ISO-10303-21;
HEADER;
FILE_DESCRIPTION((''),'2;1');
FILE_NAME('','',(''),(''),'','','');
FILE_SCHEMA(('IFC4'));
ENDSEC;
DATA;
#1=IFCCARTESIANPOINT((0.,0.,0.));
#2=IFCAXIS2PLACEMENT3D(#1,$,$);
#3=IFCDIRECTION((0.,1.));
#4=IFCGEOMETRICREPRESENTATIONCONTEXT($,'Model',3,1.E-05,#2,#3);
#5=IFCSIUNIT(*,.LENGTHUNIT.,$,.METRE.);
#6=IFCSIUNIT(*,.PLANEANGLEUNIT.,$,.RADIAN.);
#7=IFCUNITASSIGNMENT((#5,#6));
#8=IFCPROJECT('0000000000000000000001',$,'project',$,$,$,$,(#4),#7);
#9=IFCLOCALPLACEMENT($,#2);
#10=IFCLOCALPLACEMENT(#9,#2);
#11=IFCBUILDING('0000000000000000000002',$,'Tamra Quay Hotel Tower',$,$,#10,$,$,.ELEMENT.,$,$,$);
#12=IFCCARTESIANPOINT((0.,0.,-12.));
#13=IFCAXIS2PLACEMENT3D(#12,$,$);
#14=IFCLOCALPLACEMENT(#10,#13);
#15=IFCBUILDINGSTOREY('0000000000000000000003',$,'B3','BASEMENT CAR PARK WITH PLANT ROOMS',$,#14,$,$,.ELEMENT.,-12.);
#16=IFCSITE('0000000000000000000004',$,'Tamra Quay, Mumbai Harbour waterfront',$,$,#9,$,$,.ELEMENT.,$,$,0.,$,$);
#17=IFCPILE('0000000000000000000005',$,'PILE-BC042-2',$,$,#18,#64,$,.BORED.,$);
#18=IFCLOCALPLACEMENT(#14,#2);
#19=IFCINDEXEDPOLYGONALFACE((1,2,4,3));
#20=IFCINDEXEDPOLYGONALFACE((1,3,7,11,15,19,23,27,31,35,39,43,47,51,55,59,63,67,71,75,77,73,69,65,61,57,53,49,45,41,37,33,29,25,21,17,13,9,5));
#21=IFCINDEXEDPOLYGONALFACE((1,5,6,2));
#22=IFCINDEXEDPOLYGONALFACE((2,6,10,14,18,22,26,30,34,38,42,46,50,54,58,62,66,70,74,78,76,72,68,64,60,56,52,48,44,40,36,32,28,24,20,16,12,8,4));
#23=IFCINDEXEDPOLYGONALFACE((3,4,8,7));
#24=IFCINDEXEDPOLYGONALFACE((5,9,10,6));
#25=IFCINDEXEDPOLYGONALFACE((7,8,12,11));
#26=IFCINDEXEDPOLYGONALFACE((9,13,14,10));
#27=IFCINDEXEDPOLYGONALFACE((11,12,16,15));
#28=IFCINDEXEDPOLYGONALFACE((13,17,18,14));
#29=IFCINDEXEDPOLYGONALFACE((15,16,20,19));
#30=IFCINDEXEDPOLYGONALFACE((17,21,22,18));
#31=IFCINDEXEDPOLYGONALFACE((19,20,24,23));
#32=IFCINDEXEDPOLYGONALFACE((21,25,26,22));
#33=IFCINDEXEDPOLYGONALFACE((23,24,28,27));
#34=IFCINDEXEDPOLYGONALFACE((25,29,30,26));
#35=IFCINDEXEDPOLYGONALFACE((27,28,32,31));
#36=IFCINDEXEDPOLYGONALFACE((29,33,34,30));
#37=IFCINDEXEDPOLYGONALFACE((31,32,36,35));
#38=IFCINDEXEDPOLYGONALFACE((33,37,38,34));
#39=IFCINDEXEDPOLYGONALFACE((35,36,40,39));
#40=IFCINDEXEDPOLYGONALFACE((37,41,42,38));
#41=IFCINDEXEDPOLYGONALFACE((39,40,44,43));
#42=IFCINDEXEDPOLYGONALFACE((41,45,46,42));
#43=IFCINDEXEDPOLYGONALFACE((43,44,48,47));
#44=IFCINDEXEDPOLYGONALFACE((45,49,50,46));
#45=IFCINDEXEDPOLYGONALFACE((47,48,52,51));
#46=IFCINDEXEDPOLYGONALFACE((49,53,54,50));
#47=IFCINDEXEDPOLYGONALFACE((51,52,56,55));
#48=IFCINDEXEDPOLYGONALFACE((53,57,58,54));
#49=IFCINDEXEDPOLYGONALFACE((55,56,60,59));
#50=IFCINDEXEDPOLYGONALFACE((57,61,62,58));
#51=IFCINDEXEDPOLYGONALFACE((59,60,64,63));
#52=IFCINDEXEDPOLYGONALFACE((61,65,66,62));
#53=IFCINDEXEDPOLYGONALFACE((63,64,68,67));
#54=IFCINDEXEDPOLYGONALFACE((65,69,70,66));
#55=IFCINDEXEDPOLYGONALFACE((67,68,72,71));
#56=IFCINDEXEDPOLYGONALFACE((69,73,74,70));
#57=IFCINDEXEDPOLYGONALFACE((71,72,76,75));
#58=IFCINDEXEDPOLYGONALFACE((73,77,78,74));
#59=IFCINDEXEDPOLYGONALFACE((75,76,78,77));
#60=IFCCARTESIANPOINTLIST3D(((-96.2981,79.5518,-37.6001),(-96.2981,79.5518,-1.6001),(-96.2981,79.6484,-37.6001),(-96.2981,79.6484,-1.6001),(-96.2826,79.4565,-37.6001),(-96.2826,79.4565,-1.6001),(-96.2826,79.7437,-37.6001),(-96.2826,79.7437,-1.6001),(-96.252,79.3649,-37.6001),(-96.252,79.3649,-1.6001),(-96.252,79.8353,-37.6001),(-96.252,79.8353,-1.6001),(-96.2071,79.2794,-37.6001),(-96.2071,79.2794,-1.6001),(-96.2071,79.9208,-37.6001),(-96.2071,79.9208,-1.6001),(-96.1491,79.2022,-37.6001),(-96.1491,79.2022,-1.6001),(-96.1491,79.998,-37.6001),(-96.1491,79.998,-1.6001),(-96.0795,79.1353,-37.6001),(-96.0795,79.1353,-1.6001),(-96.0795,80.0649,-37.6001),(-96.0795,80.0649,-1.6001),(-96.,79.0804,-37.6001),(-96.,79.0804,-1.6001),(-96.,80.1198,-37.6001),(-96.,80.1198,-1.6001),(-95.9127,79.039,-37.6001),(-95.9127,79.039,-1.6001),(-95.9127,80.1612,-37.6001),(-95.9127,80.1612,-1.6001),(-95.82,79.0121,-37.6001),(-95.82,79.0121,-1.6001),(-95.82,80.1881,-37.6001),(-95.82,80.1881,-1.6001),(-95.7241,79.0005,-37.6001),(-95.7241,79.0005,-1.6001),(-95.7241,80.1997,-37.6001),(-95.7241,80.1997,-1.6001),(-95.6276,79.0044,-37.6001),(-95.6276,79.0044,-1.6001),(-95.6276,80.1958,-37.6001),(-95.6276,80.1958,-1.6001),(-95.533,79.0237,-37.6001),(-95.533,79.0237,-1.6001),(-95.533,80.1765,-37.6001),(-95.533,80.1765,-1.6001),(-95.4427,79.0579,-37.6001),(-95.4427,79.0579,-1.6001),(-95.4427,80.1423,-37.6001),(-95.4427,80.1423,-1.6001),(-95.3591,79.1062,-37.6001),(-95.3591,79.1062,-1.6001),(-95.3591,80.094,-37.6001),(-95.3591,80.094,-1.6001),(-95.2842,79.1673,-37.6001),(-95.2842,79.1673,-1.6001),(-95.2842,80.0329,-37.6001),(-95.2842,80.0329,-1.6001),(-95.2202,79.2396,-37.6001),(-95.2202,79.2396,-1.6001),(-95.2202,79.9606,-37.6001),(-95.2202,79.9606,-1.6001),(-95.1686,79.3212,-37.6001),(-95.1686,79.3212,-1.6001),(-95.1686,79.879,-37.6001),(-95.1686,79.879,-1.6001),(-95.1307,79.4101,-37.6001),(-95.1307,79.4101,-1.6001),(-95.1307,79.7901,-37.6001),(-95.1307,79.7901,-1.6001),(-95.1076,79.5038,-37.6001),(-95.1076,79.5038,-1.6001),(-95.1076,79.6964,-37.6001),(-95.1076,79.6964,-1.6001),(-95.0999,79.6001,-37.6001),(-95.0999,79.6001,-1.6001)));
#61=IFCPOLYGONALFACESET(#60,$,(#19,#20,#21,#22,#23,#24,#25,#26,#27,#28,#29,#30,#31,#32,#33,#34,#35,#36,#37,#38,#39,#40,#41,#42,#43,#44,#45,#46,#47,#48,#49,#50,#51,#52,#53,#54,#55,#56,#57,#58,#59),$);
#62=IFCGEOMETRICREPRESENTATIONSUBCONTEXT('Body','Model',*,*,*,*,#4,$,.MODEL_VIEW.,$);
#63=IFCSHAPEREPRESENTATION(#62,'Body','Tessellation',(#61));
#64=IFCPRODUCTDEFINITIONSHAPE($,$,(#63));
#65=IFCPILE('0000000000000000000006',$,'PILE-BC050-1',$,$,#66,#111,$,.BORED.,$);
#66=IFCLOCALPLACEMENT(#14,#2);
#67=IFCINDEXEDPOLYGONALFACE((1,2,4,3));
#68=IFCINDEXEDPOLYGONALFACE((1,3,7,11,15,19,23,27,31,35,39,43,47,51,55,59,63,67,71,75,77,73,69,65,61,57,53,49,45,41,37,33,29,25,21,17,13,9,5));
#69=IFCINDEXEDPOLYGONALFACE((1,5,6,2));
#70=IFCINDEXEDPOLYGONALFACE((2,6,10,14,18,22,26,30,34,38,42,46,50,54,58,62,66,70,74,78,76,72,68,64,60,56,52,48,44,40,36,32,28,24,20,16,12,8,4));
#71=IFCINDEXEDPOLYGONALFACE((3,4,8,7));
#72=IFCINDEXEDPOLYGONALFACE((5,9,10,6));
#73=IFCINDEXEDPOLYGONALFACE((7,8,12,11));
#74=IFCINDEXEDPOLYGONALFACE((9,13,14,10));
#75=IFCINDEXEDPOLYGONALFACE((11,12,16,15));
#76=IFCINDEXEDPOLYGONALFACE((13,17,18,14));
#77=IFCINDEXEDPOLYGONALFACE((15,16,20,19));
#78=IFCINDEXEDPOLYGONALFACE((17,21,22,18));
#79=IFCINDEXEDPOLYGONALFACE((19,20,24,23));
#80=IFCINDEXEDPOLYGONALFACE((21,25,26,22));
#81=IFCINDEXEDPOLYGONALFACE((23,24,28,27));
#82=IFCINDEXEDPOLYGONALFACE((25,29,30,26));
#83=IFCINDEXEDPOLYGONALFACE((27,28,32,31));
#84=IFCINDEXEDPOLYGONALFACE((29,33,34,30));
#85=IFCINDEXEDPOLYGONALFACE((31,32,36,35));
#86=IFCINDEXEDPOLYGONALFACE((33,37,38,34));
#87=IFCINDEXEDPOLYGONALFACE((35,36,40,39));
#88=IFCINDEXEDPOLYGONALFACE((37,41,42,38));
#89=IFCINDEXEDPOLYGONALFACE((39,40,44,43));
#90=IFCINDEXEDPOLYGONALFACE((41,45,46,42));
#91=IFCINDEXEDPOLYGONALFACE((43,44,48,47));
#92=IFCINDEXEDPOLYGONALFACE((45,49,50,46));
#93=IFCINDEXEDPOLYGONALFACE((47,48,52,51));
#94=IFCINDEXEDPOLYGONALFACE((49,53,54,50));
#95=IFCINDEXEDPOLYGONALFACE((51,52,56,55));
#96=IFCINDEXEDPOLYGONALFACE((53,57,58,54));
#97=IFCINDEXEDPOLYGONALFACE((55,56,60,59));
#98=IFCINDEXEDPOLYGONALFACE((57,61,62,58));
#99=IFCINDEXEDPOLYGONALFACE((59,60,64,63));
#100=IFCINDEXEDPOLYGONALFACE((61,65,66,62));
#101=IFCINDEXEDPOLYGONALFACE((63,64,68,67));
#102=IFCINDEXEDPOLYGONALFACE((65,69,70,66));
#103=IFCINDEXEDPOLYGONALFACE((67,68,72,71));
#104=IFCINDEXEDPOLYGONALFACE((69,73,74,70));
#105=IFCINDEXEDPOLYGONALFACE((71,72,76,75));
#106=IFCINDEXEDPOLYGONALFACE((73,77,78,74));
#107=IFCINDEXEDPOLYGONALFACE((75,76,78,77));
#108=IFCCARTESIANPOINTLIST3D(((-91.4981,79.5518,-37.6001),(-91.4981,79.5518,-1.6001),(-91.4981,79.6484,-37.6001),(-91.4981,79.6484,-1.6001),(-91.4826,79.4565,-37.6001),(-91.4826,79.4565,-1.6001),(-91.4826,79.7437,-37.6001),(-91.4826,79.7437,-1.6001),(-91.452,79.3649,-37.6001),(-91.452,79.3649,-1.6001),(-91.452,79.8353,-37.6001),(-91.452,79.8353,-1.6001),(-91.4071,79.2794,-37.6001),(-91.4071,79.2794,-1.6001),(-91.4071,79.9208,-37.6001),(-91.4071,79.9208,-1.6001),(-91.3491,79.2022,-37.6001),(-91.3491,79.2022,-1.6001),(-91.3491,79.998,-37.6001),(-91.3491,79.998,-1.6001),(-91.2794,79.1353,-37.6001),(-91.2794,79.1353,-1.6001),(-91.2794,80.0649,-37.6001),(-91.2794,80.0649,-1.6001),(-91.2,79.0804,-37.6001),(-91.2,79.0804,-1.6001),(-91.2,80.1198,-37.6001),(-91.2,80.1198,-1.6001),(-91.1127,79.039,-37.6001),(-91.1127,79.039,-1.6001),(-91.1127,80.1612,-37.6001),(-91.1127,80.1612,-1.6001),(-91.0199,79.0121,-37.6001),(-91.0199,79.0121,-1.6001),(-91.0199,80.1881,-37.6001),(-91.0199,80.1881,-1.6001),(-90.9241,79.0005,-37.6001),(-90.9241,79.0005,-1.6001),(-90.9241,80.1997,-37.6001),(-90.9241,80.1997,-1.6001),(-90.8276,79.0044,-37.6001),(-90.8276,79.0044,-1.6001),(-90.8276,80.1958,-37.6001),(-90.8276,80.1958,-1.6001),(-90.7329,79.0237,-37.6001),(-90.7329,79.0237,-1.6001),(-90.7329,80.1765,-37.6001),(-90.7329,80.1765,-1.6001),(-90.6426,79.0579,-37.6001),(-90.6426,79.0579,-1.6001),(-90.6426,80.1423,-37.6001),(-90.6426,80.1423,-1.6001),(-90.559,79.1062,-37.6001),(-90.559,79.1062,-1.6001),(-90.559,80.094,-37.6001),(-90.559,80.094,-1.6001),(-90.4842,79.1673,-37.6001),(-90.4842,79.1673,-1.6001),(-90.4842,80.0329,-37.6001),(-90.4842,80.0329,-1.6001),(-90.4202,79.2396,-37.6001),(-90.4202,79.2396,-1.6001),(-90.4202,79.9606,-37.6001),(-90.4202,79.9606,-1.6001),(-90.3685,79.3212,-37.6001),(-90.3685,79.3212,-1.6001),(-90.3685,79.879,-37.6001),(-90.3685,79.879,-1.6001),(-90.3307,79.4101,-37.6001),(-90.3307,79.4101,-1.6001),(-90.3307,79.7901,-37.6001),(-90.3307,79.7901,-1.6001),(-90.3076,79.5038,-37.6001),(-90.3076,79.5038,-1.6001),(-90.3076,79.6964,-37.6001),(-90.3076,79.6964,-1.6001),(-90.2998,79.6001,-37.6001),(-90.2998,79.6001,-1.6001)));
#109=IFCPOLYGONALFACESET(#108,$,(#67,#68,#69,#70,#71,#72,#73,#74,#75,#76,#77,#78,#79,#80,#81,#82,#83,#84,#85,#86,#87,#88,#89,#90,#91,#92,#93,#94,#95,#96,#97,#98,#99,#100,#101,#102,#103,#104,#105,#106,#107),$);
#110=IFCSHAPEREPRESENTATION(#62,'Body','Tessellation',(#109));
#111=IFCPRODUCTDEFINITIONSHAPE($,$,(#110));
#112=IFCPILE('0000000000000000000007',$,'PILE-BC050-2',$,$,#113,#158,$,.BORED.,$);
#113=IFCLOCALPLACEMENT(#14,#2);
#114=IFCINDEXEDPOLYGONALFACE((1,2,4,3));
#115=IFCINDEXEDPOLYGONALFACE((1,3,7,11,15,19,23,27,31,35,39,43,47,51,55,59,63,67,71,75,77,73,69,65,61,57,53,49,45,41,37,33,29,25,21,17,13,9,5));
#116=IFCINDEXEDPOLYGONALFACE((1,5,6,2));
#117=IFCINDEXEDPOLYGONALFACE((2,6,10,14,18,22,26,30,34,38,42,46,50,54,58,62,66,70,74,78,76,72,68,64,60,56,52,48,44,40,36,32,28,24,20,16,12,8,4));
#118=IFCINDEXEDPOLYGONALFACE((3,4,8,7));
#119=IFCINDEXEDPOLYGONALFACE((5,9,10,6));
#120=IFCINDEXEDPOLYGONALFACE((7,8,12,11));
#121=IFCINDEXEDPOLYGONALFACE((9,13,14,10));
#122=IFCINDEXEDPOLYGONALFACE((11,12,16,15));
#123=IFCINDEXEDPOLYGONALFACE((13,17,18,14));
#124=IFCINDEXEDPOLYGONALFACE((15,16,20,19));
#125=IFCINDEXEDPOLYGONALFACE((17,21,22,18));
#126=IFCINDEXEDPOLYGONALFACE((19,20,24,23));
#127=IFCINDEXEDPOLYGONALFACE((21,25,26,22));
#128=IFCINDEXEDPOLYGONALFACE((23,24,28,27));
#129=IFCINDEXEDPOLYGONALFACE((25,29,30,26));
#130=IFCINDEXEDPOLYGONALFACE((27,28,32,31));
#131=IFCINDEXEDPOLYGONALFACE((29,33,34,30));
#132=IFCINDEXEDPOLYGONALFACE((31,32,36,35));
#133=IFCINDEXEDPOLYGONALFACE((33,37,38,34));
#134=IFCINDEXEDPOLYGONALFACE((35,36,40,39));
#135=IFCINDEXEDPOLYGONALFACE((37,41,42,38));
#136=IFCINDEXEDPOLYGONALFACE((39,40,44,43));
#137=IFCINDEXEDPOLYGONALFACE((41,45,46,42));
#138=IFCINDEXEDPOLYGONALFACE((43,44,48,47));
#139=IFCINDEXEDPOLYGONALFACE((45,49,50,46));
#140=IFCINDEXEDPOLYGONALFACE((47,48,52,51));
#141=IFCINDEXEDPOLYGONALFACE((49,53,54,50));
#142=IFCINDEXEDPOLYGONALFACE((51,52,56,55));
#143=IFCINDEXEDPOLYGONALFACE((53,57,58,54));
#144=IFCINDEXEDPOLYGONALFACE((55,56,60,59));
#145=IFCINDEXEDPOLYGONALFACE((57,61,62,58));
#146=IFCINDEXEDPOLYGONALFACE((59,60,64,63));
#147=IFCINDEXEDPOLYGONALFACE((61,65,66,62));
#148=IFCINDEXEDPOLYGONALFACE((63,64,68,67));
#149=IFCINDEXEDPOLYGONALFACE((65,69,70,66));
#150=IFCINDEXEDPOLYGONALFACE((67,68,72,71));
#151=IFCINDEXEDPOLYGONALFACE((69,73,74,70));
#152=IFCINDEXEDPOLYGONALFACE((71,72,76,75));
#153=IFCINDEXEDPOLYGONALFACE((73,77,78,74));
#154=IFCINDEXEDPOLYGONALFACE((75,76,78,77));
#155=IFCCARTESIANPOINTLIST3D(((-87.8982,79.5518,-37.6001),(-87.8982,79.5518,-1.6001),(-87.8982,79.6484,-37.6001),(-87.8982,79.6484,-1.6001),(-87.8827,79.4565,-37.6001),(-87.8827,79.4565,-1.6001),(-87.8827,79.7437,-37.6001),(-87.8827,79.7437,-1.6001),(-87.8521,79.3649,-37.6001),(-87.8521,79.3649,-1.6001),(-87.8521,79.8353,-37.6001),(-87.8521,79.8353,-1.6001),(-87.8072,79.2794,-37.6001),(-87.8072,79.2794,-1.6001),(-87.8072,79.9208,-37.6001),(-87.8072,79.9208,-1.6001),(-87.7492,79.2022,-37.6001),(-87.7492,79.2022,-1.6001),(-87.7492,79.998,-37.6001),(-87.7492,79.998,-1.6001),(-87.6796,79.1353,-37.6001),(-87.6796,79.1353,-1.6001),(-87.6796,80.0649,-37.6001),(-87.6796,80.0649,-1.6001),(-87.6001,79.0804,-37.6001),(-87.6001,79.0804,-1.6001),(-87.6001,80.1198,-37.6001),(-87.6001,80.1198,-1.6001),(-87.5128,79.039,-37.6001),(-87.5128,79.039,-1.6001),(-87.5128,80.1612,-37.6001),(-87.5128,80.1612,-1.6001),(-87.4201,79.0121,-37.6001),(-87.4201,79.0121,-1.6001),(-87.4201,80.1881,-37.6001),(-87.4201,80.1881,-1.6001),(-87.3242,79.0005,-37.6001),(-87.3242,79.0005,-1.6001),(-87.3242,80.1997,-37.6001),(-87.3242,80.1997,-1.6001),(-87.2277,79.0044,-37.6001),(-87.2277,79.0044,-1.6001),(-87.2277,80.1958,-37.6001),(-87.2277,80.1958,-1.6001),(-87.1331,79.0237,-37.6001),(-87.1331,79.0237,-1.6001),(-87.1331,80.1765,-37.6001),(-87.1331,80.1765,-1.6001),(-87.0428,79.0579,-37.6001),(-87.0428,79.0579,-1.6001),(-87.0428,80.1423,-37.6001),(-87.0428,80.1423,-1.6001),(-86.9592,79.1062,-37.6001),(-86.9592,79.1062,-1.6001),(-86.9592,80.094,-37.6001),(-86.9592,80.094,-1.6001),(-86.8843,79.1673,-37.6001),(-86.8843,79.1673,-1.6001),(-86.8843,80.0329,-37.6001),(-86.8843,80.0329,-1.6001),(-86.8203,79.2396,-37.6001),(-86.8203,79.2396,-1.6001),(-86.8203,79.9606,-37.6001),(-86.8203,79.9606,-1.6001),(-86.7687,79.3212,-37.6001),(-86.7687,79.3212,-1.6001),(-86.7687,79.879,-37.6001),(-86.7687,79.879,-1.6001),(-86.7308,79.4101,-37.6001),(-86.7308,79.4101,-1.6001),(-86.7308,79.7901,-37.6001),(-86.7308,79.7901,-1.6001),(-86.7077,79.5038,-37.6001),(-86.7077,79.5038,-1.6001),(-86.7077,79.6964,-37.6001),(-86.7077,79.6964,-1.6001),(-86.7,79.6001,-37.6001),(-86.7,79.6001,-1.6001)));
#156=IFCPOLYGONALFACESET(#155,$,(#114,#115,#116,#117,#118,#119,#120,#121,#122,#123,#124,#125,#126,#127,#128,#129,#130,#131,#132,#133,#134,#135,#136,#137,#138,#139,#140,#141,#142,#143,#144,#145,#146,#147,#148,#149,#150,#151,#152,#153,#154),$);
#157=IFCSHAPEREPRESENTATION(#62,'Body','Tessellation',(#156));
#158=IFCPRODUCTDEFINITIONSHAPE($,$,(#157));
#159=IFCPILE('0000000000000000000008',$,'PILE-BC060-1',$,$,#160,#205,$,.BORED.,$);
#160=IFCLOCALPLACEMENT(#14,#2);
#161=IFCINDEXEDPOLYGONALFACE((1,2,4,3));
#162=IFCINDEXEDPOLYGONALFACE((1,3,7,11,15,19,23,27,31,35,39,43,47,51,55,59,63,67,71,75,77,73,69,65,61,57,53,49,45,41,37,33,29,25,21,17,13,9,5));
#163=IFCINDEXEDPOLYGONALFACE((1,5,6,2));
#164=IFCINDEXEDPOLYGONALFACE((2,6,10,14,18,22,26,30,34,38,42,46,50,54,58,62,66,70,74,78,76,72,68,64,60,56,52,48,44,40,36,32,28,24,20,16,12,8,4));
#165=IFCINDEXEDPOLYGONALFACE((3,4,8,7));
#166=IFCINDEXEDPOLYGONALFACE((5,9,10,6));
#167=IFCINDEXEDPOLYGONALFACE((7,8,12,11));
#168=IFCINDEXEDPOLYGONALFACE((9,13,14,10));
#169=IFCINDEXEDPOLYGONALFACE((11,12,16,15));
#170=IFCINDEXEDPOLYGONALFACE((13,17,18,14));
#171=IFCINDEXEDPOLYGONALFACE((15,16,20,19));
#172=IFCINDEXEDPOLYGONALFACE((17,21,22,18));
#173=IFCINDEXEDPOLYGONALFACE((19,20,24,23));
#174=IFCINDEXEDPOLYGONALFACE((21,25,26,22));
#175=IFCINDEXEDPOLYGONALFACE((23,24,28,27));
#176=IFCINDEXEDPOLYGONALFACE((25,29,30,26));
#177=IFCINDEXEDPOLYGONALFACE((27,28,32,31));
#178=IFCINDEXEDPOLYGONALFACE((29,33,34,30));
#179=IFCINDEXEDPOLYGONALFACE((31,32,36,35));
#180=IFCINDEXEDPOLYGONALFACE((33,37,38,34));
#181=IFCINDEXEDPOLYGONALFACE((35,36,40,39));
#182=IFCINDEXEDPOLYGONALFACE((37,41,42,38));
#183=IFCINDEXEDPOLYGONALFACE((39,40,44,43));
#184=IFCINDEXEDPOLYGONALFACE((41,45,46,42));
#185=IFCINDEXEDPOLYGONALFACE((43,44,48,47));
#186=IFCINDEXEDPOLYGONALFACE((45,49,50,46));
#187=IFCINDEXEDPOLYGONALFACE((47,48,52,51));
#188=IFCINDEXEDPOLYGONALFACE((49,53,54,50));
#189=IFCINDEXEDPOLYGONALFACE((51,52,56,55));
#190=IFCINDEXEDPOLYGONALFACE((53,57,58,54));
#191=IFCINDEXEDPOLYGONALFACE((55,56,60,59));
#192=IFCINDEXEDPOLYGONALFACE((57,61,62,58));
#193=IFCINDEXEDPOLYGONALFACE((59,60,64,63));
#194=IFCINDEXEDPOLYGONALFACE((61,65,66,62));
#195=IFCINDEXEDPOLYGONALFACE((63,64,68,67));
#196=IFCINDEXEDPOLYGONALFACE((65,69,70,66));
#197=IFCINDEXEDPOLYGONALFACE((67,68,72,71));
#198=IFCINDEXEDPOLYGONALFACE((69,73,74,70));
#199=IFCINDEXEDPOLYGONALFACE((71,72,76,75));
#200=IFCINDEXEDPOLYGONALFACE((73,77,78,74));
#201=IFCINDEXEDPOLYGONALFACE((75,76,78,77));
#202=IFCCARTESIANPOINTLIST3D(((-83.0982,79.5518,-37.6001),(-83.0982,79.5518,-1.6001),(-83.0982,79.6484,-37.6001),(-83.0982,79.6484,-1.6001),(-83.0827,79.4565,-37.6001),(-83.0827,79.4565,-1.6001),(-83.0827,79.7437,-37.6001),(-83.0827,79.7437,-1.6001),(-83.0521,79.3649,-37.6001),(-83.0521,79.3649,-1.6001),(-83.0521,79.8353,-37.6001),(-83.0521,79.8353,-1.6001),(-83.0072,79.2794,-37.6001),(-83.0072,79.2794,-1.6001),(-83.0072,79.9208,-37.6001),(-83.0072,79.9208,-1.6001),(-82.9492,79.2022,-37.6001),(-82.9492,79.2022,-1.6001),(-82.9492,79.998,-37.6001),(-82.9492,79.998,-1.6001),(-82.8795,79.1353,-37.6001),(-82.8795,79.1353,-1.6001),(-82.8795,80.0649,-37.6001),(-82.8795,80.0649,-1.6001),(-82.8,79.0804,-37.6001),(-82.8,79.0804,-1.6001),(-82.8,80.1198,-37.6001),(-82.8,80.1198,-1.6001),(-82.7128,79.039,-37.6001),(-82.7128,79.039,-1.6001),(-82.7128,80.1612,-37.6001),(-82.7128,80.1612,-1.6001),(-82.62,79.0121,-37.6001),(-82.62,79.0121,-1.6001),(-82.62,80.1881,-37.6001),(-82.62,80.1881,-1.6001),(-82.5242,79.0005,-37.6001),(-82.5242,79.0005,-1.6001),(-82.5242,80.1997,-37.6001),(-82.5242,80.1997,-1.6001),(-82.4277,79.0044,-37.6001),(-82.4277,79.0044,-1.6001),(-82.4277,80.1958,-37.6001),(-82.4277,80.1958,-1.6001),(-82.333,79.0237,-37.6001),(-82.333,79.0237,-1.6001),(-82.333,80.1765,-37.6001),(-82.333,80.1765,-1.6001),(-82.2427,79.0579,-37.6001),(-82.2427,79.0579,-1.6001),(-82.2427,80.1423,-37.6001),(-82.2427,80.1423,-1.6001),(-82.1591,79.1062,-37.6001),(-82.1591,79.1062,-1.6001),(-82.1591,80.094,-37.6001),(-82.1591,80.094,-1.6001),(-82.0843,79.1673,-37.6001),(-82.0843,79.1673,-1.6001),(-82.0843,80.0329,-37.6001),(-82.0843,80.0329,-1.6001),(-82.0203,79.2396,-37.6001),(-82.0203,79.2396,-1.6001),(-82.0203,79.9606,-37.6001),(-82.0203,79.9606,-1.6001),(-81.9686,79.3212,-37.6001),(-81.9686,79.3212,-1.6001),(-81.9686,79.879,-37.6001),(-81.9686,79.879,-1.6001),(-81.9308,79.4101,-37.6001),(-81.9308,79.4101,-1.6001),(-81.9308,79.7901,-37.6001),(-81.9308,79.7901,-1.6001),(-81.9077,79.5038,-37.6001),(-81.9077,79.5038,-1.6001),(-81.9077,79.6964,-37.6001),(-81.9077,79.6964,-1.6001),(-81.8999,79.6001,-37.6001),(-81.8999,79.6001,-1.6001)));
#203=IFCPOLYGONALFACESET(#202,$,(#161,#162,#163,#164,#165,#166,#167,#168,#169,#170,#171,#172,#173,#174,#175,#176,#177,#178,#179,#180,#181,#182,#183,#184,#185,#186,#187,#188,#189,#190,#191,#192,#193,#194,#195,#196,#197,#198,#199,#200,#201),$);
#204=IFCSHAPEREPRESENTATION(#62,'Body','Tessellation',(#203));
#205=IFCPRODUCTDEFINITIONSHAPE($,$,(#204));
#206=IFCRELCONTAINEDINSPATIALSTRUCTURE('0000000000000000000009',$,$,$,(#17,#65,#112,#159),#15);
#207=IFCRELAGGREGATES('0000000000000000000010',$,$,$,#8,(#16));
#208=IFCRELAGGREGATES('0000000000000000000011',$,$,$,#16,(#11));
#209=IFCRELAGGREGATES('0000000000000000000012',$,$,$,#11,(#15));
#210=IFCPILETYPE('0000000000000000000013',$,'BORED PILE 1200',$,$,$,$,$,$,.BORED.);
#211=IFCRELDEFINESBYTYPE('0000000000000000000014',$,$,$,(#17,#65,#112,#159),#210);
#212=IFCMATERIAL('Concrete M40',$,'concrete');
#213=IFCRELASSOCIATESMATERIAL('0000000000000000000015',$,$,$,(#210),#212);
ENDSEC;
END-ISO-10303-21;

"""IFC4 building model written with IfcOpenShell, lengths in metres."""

from ifc_helpers import new_model, si_unit, direction, frame, origin, origin_2d, place, context, subcontext, project, spatial, circle, extrude, material, material_profile, profile_set, type_object, element, save


model = new_model("IFC4")

# Units and contexts
model_context = context("Model", 3, precision=1e-05, world=origin(), true_north=direction((0.0, 1.0)))
body_context = subcontext(model_context, "Body", "Model", "MODEL_VIEW")
ifc_project = project(units=[si_unit("LENGTHUNIT", "METRE"), si_unit("PLANEANGLEUNIT", "RADIAN")], contexts=[model_context])

# Site, building, storey
site_placement = place(None, origin())
site = spatial("IfcSite", under=ifc_project, at=site_placement, Name="Tamra Quay, Mumbai Harbour waterfront", CompositionType="ELEMENT", RefElevation=0.0)
building_placement = place(site_placement, origin())
building = spatial("IfcBuilding", under=site, at=building_placement, Name="Tamra Quay Hotel Tower", CompositionType="ELEMENT")
storey_placement = place(building_placement, frame((0.0, 0.0, -12.0)))
storey = spatial("IfcBuildingStorey", under=building, at=storey_placement, Name="B3", Description="BASEMENT CAR PARK WITH PLANT ROOMS", CompositionType="ELEMENT", Elevation=-12.0)

# Piles
ifc_material_1 = material(Name="Concrete M40", Category="concrete")
ifc_material_profile_1 = material_profile(ifc_material_1, circle(Radius=0.6001, at=origin_2d()), Name="BORED PILE 1200")
ifc_profile_set_1 = profile_set([ifc_material_profile_1], Name="Concrete M40")
pile_type = type_object("IfcPileType", Name="BORED PILE 1200", PredefinedType="BORED", material=ifc_profile_set_1)
for number, where, z_axis, x_axis, name in (
    (1, (-95.7, 79.6001, -1.6001), (0.0, 0.0, -1.0), (1.0, 0.0, 0.0), "PILE-BC042-2"),
    (2, (-90.8999, 79.6001, -1.6001), (0.0, 0.0, -1.0), (1.0, 0.0, 0.0), "PILE-BC050-1"),
    (3, (-87.3, 79.6001, -1.6001), (0.0, 0.0, -1.0), (1.0, 0.0, 0.0), "PILE-BC050-2"),
    (4, (-82.5, 79.6001, -1.6001), (0.0, 0.0, -1.0), (1.0, 0.0, 0.0), "PILE-BC060-1"),
):
    element("IfcPile", number, at=place(storey_placement, frame(where, z_axis=z_axis, x_axis=x_axis)), inside=storey, type_object=pile_type, Name=name, PredefinedType="BORED", context=body_context, shape_type="SweptSolid", body=[
        extrude(circle(Radius=0.6001, at=origin_2d()), origin(), (0.0, 0.0, 1.0), 36.0),
    ])

save(model, "model.ifc")
